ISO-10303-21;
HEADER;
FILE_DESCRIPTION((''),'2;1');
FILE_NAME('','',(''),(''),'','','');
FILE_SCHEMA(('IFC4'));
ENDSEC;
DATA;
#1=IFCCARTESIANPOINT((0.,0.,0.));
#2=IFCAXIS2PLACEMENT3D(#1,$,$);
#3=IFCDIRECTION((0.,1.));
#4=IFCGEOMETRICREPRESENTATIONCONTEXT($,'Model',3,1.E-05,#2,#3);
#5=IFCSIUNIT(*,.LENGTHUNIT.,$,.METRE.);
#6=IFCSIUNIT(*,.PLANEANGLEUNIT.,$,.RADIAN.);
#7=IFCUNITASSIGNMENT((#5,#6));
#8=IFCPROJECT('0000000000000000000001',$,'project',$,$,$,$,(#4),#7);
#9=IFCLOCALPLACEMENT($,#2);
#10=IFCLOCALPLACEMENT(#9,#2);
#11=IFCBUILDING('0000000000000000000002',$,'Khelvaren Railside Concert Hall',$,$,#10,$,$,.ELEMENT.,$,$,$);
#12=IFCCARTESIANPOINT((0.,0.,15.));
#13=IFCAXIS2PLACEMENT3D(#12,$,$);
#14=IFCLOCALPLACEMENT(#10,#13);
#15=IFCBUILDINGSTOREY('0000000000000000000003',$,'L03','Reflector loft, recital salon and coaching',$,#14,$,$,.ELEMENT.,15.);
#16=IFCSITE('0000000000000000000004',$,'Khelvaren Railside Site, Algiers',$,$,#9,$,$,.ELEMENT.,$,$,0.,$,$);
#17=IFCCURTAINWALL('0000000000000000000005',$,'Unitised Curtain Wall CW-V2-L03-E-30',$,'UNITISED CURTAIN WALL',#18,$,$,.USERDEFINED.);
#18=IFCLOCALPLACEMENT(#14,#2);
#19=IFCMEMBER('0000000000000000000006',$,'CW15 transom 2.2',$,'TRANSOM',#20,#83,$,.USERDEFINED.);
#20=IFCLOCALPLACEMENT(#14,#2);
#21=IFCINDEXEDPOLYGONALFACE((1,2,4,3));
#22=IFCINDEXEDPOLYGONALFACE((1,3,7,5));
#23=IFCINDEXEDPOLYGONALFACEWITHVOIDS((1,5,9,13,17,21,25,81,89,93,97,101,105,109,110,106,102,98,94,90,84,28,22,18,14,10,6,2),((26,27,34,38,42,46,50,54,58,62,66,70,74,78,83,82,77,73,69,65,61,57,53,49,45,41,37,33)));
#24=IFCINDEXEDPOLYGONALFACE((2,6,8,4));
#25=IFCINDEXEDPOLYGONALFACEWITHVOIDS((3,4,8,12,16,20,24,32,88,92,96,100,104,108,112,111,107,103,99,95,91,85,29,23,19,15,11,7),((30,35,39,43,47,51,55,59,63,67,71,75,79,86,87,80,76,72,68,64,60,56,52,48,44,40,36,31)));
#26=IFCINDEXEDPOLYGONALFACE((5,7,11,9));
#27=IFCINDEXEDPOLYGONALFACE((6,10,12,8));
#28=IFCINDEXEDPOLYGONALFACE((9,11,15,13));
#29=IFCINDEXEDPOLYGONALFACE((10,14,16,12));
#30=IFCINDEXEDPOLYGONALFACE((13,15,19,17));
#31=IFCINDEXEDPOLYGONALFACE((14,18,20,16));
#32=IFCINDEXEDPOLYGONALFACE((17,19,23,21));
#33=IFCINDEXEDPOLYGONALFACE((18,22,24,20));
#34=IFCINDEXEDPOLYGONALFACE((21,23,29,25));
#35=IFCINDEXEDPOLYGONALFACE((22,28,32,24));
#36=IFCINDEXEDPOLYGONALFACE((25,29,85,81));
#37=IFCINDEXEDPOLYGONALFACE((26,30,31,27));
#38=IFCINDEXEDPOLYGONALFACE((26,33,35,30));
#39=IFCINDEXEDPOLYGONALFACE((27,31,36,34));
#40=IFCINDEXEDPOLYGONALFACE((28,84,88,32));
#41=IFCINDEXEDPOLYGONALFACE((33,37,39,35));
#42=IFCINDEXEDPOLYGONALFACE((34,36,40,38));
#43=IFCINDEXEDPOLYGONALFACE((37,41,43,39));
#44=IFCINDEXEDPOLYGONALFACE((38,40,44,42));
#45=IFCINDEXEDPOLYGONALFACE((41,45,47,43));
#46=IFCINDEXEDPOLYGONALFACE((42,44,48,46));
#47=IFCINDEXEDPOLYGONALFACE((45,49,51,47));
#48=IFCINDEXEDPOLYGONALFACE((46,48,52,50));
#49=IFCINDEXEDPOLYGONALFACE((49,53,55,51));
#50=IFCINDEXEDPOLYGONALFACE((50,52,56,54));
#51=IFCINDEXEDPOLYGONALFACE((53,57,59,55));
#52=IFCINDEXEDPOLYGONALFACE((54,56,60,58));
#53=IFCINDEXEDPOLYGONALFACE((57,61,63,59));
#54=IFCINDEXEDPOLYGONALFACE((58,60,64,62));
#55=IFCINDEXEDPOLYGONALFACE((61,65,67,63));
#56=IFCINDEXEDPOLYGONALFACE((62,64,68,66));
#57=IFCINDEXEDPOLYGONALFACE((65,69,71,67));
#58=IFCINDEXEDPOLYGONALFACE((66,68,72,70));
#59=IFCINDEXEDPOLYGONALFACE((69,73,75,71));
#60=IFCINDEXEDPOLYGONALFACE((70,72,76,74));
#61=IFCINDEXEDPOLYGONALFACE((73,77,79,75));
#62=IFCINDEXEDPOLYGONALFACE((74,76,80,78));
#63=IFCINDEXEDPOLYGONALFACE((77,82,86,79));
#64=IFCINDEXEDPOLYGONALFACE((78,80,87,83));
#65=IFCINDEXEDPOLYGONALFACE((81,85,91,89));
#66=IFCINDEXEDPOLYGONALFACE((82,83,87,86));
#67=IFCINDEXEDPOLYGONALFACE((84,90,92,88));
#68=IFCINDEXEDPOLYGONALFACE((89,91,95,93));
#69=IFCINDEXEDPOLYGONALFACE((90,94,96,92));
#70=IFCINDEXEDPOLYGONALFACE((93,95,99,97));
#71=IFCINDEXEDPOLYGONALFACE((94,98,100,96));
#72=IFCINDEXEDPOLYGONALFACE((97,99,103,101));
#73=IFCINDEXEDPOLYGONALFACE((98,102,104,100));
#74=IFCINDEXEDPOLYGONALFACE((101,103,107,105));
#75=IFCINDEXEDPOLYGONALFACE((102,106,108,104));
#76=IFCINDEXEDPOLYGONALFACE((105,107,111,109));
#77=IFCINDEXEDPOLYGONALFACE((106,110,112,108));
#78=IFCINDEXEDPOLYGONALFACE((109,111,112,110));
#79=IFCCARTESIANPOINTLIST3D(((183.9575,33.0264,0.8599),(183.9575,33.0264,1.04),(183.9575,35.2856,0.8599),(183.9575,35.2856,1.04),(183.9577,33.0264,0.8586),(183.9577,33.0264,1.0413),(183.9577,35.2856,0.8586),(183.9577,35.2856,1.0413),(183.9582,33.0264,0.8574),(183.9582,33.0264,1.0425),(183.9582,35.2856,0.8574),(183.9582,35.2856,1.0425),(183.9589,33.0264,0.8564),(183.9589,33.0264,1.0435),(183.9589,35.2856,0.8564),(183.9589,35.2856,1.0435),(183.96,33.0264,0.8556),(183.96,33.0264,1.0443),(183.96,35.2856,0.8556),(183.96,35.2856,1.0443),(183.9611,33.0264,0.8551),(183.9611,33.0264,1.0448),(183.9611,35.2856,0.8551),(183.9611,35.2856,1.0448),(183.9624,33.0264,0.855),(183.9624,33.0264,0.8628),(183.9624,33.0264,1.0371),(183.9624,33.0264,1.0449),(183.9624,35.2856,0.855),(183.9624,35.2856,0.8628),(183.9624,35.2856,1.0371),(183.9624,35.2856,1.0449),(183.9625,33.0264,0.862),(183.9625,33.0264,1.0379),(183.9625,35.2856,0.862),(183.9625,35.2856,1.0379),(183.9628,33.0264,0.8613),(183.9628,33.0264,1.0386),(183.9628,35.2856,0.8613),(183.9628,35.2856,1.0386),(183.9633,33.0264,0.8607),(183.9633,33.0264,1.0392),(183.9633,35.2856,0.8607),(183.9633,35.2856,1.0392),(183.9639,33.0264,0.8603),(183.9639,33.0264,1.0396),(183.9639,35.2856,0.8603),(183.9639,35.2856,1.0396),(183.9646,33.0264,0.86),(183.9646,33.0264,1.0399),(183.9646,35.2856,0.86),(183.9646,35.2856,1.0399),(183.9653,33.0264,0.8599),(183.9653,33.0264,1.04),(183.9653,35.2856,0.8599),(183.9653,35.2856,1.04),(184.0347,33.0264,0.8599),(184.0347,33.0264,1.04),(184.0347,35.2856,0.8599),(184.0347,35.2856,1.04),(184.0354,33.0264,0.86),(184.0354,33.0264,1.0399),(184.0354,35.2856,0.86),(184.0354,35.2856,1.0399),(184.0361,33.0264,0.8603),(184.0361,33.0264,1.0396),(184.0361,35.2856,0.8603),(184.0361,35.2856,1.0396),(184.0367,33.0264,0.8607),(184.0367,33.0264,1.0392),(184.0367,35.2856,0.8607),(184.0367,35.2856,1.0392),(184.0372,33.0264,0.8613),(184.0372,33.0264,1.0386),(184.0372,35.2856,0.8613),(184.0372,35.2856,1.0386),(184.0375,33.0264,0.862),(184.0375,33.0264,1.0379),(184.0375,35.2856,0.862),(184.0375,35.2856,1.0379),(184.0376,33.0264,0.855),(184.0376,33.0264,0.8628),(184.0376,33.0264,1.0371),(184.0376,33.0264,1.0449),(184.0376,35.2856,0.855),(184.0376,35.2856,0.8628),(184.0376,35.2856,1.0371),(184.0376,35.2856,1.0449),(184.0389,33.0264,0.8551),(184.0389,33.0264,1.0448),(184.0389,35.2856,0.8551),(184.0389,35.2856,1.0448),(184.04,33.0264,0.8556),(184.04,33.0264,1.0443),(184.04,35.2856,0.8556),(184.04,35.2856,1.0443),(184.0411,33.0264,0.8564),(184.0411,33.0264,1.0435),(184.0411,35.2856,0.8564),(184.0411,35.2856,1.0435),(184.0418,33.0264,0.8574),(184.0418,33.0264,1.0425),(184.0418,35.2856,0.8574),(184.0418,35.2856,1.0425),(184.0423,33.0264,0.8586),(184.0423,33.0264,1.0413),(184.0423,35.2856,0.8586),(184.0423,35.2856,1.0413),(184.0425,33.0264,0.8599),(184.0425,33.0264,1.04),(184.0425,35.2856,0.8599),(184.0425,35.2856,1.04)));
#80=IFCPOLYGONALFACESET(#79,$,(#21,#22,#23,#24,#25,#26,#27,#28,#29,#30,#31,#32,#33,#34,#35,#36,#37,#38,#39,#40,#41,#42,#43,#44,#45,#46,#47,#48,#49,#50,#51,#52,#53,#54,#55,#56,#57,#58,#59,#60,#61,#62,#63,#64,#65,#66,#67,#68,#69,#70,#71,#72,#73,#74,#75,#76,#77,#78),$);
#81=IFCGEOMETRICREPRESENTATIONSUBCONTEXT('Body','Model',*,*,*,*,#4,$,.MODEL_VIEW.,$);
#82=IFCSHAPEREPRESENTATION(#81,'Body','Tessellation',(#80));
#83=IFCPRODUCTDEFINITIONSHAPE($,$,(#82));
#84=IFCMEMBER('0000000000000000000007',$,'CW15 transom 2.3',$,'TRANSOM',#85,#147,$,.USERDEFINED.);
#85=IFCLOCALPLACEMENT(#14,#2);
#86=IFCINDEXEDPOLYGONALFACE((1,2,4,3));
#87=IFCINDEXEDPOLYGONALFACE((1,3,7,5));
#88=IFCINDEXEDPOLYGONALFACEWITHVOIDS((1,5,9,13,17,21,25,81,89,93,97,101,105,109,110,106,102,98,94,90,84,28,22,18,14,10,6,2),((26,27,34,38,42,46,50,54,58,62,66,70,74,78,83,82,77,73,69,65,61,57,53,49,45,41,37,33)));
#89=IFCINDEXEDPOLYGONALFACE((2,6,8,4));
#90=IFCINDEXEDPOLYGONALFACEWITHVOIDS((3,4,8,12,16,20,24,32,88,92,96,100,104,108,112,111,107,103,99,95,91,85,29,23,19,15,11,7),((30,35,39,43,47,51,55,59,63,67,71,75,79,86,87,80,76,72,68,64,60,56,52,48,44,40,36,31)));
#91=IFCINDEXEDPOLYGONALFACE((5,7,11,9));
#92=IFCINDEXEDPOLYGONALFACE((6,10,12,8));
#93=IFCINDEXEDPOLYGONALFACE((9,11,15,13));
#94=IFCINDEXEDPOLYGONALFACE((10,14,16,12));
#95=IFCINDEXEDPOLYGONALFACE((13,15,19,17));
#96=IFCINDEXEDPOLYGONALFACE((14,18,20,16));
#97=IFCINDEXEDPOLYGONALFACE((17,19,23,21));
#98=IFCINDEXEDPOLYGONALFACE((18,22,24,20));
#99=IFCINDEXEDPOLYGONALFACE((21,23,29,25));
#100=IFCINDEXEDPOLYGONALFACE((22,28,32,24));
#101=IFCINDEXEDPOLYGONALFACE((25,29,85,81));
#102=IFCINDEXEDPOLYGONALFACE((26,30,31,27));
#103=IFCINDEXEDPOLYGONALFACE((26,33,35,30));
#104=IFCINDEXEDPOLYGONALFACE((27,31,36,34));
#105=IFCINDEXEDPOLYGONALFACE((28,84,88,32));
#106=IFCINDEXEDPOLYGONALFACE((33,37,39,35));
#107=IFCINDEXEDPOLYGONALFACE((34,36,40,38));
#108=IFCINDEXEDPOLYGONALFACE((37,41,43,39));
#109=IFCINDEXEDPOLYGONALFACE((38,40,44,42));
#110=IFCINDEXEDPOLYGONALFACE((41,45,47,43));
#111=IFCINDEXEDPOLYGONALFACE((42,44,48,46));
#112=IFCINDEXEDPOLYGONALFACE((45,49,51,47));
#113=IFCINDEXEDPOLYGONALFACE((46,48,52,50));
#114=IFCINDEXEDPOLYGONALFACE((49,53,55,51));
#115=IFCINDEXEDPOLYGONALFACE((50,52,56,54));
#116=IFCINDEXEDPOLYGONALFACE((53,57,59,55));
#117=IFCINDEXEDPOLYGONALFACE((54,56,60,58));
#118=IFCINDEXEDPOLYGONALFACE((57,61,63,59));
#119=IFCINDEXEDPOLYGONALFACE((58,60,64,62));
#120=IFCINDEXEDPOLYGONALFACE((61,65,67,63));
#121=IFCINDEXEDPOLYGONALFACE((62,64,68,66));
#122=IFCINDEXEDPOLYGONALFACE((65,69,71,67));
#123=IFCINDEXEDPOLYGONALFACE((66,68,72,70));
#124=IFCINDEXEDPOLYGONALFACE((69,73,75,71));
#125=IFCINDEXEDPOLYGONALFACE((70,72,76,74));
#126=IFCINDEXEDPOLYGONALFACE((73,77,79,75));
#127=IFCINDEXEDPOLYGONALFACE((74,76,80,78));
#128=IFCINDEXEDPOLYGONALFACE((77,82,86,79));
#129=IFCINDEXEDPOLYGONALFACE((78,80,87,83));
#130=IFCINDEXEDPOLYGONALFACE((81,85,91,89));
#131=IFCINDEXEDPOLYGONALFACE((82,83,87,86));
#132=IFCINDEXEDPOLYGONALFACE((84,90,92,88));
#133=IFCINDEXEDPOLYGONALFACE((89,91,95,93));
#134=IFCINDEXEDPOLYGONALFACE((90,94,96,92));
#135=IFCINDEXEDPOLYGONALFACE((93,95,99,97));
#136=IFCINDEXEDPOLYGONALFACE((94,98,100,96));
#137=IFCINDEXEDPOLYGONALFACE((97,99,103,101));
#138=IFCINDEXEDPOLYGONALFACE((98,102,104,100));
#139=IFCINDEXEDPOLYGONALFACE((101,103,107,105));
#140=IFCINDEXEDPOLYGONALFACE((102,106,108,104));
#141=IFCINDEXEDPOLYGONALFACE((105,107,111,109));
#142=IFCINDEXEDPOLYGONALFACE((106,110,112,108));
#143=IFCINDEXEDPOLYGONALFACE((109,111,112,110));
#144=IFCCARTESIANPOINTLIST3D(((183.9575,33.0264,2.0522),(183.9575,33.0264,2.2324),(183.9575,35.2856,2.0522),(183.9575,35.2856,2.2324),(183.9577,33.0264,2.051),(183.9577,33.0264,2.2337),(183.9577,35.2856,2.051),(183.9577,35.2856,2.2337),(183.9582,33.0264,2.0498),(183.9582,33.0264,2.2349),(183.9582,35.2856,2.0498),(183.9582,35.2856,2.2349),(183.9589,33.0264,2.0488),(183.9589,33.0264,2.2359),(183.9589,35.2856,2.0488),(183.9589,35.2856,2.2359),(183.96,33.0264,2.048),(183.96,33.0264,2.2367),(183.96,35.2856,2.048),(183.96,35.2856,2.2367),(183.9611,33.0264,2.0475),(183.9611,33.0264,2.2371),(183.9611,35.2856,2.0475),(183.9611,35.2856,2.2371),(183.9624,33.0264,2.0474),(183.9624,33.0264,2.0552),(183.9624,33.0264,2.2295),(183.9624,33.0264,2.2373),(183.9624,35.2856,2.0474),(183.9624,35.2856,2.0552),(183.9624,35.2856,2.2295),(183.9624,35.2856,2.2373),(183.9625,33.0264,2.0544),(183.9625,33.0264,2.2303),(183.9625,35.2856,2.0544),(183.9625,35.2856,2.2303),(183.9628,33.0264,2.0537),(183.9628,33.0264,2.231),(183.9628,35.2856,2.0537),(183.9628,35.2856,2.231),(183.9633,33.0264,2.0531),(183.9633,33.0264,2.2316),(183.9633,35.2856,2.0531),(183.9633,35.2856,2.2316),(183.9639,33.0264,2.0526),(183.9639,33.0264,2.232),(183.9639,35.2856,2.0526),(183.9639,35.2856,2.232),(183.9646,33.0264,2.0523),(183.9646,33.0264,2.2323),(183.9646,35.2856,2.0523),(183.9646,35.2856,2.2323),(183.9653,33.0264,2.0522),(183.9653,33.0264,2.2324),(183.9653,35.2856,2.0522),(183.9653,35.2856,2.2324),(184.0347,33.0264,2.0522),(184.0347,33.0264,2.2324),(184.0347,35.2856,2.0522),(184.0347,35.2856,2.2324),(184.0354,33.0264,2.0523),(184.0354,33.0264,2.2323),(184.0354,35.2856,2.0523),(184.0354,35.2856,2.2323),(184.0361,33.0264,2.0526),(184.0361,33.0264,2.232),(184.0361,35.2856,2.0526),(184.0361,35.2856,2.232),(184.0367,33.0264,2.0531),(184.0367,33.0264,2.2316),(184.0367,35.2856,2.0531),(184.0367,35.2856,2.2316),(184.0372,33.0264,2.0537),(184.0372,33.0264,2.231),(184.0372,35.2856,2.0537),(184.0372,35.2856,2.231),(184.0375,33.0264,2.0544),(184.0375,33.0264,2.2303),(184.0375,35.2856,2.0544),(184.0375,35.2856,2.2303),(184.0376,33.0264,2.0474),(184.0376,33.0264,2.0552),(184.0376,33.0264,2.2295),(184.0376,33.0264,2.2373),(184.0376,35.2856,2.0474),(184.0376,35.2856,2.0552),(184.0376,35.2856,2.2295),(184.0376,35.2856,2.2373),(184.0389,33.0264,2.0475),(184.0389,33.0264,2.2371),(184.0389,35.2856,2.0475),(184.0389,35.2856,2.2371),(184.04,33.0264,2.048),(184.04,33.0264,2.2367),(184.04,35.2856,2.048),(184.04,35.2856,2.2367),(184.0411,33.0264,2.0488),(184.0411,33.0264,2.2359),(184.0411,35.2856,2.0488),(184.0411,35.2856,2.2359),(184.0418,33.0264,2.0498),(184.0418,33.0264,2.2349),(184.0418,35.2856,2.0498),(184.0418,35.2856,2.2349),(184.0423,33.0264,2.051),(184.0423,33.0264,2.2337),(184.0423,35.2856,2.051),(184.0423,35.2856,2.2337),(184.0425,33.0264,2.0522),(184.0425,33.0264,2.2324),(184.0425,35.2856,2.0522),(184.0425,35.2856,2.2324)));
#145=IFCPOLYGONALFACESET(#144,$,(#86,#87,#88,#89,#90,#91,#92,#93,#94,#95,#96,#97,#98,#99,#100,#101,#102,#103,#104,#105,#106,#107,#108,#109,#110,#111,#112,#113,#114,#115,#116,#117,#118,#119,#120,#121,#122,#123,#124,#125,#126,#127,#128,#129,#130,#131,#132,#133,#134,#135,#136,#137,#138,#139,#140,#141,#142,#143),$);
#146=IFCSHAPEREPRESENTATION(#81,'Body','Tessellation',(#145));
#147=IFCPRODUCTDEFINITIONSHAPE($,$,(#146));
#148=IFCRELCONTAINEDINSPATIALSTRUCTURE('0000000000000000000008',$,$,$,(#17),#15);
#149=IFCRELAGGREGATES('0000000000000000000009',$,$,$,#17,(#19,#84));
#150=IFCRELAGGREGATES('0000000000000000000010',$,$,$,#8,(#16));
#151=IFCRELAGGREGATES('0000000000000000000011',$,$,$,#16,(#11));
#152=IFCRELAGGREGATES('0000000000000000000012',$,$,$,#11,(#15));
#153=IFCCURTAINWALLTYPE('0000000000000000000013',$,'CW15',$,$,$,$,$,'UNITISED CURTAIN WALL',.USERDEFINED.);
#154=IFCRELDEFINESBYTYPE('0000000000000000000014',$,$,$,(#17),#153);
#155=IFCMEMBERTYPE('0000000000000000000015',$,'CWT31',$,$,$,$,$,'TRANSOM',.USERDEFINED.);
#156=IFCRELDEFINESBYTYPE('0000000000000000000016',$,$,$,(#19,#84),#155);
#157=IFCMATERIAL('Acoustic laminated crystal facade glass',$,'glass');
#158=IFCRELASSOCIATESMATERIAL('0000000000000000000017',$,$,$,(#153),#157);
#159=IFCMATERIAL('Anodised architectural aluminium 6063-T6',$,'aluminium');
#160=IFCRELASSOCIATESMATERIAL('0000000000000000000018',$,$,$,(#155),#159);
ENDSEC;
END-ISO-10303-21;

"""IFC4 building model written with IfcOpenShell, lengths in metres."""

from ifc_helpers import new_model, si_unit, direction, frame, origin, origin_2d, place, context, subcontext, project, spatial, hollow_rectangle, extrude, material, material_profile, profile_set, type_object, element, aggregate, save


model = new_model("IFC4")

# Units and contexts
model_context = context("Model", 3, precision=1e-05, world=origin(), true_north=direction((0.0, 1.0)))
body_context = subcontext(model_context, "Body", "Model", "MODEL_VIEW")
ifc_project = project(units=[si_unit("LENGTHUNIT", "METRE"), si_unit("PLANEANGLEUNIT", "RADIAN")], contexts=[model_context])

# Site, building, storey
site_placement = place(None, origin())
site = spatial("IfcSite", under=ifc_project, at=site_placement, Name="Khelvaren Railside Site, Algiers", CompositionType="ELEMENT", RefElevation=0.0)
building_placement = place(site_placement, origin())
building = spatial("IfcBuilding", under=site, at=building_placement, Name="Khelvaren Railside Concert Hall", CompositionType="ELEMENT")
storey_placement = place(building_placement, frame((0.0, 0.0, 15.0)))
storey = spatial("IfcBuildingStorey", under=building, at=storey_placement, Name="L03", Description="Reflector loft, recital salon and coaching", CompositionType="ELEMENT", Elevation=15.0)

# Shared definitions
ifc_material_1 = material(Name="Anodised architectural aluminium 6063-T6", Category="aluminium")

# Curtain wall, members
ifc_material_2 = material(Name="Acoustic laminated crystal facade glass", Category="glass")
curtain_wall_type_1 = type_object("IfcCurtainWallType", Name="CW15", ElementType="UNITISED CURTAIN WALL", PredefinedType="USERDEFINED", material=ifc_material_2)
curtain_wall_1_placement = place(storey_placement, origin())
curtain_wall_1 = element("IfcCurtainWall", 1, at=curtain_wall_1_placement, inside=storey, type_object=curtain_wall_type_1, Name="Unitised Curtain Wall CW-V2-L03-E-30", ObjectType="UNITISED CURTAIN WALL", PredefinedType="USERDEFINED")
ifc_material_profile_1 = material_profile(ifc_material_1, hollow_rectangle(XDim=0.085, YDim=0.1899, WallThickness=0.0049, InnerFilletRadius=0.0029, OuterFilletRadius=0.0049, at=origin_2d()), Name="CWT 85x190x5")
ifc_profile_set_1 = profile_set([ifc_material_profile_1], Name="Anodised architectural aluminium 6063-T6")
member_type_1 = type_object("IfcMemberType", Name="CWT31", ElementType="TRANSOM", PredefinedType="USERDEFINED", material=ifc_profile_set_1)
member_1_placement = place(storey_placement, frame((184.0, 35.2856, 0.95), z_axis=(0.0, -1.0, 0.0), x_axis=(1.0, 0.0, 0.0)))
member_1 = element("IfcMember", 2, at=member_1_placement, type_object=member_type_1, Name="CW15 transom 2.2", ObjectType="TRANSOM", PredefinedType="USERDEFINED", context=body_context, shape_type="SweptSolid", body=[
    extrude(hollow_rectangle(XDim=0.085, YDim=0.1899, WallThickness=0.0049, InnerFilletRadius=0.0029, OuterFilletRadius=0.0049, at=origin_2d()), origin(), (0.0, 0.0, 1.0), 2.2593),
])
member_2_placement = place(storey_placement, frame((184.0, 35.2856, 2.1423), z_axis=(0.0, -1.0, 0.0), x_axis=(1.0, 0.0, 0.0)))
member_2 = element("IfcMember", 3, at=member_2_placement, type_object=member_type_1, Name="CW15 transom 2.3", ObjectType="TRANSOM", PredefinedType="USERDEFINED", context=body_context, shape_type="SweptSolid", body=[
    extrude(hollow_rectangle(XDim=0.085, YDim=0.1899, WallThickness=0.0049, InnerFilletRadius=0.0029, OuterFilletRadius=0.0049, at=origin_2d()), origin(), (0.0, 0.0, 1.0), 2.2593),
])

aggregate(curtain_wall_1, [member_1, member_2])

save(model, "model.ifc")
